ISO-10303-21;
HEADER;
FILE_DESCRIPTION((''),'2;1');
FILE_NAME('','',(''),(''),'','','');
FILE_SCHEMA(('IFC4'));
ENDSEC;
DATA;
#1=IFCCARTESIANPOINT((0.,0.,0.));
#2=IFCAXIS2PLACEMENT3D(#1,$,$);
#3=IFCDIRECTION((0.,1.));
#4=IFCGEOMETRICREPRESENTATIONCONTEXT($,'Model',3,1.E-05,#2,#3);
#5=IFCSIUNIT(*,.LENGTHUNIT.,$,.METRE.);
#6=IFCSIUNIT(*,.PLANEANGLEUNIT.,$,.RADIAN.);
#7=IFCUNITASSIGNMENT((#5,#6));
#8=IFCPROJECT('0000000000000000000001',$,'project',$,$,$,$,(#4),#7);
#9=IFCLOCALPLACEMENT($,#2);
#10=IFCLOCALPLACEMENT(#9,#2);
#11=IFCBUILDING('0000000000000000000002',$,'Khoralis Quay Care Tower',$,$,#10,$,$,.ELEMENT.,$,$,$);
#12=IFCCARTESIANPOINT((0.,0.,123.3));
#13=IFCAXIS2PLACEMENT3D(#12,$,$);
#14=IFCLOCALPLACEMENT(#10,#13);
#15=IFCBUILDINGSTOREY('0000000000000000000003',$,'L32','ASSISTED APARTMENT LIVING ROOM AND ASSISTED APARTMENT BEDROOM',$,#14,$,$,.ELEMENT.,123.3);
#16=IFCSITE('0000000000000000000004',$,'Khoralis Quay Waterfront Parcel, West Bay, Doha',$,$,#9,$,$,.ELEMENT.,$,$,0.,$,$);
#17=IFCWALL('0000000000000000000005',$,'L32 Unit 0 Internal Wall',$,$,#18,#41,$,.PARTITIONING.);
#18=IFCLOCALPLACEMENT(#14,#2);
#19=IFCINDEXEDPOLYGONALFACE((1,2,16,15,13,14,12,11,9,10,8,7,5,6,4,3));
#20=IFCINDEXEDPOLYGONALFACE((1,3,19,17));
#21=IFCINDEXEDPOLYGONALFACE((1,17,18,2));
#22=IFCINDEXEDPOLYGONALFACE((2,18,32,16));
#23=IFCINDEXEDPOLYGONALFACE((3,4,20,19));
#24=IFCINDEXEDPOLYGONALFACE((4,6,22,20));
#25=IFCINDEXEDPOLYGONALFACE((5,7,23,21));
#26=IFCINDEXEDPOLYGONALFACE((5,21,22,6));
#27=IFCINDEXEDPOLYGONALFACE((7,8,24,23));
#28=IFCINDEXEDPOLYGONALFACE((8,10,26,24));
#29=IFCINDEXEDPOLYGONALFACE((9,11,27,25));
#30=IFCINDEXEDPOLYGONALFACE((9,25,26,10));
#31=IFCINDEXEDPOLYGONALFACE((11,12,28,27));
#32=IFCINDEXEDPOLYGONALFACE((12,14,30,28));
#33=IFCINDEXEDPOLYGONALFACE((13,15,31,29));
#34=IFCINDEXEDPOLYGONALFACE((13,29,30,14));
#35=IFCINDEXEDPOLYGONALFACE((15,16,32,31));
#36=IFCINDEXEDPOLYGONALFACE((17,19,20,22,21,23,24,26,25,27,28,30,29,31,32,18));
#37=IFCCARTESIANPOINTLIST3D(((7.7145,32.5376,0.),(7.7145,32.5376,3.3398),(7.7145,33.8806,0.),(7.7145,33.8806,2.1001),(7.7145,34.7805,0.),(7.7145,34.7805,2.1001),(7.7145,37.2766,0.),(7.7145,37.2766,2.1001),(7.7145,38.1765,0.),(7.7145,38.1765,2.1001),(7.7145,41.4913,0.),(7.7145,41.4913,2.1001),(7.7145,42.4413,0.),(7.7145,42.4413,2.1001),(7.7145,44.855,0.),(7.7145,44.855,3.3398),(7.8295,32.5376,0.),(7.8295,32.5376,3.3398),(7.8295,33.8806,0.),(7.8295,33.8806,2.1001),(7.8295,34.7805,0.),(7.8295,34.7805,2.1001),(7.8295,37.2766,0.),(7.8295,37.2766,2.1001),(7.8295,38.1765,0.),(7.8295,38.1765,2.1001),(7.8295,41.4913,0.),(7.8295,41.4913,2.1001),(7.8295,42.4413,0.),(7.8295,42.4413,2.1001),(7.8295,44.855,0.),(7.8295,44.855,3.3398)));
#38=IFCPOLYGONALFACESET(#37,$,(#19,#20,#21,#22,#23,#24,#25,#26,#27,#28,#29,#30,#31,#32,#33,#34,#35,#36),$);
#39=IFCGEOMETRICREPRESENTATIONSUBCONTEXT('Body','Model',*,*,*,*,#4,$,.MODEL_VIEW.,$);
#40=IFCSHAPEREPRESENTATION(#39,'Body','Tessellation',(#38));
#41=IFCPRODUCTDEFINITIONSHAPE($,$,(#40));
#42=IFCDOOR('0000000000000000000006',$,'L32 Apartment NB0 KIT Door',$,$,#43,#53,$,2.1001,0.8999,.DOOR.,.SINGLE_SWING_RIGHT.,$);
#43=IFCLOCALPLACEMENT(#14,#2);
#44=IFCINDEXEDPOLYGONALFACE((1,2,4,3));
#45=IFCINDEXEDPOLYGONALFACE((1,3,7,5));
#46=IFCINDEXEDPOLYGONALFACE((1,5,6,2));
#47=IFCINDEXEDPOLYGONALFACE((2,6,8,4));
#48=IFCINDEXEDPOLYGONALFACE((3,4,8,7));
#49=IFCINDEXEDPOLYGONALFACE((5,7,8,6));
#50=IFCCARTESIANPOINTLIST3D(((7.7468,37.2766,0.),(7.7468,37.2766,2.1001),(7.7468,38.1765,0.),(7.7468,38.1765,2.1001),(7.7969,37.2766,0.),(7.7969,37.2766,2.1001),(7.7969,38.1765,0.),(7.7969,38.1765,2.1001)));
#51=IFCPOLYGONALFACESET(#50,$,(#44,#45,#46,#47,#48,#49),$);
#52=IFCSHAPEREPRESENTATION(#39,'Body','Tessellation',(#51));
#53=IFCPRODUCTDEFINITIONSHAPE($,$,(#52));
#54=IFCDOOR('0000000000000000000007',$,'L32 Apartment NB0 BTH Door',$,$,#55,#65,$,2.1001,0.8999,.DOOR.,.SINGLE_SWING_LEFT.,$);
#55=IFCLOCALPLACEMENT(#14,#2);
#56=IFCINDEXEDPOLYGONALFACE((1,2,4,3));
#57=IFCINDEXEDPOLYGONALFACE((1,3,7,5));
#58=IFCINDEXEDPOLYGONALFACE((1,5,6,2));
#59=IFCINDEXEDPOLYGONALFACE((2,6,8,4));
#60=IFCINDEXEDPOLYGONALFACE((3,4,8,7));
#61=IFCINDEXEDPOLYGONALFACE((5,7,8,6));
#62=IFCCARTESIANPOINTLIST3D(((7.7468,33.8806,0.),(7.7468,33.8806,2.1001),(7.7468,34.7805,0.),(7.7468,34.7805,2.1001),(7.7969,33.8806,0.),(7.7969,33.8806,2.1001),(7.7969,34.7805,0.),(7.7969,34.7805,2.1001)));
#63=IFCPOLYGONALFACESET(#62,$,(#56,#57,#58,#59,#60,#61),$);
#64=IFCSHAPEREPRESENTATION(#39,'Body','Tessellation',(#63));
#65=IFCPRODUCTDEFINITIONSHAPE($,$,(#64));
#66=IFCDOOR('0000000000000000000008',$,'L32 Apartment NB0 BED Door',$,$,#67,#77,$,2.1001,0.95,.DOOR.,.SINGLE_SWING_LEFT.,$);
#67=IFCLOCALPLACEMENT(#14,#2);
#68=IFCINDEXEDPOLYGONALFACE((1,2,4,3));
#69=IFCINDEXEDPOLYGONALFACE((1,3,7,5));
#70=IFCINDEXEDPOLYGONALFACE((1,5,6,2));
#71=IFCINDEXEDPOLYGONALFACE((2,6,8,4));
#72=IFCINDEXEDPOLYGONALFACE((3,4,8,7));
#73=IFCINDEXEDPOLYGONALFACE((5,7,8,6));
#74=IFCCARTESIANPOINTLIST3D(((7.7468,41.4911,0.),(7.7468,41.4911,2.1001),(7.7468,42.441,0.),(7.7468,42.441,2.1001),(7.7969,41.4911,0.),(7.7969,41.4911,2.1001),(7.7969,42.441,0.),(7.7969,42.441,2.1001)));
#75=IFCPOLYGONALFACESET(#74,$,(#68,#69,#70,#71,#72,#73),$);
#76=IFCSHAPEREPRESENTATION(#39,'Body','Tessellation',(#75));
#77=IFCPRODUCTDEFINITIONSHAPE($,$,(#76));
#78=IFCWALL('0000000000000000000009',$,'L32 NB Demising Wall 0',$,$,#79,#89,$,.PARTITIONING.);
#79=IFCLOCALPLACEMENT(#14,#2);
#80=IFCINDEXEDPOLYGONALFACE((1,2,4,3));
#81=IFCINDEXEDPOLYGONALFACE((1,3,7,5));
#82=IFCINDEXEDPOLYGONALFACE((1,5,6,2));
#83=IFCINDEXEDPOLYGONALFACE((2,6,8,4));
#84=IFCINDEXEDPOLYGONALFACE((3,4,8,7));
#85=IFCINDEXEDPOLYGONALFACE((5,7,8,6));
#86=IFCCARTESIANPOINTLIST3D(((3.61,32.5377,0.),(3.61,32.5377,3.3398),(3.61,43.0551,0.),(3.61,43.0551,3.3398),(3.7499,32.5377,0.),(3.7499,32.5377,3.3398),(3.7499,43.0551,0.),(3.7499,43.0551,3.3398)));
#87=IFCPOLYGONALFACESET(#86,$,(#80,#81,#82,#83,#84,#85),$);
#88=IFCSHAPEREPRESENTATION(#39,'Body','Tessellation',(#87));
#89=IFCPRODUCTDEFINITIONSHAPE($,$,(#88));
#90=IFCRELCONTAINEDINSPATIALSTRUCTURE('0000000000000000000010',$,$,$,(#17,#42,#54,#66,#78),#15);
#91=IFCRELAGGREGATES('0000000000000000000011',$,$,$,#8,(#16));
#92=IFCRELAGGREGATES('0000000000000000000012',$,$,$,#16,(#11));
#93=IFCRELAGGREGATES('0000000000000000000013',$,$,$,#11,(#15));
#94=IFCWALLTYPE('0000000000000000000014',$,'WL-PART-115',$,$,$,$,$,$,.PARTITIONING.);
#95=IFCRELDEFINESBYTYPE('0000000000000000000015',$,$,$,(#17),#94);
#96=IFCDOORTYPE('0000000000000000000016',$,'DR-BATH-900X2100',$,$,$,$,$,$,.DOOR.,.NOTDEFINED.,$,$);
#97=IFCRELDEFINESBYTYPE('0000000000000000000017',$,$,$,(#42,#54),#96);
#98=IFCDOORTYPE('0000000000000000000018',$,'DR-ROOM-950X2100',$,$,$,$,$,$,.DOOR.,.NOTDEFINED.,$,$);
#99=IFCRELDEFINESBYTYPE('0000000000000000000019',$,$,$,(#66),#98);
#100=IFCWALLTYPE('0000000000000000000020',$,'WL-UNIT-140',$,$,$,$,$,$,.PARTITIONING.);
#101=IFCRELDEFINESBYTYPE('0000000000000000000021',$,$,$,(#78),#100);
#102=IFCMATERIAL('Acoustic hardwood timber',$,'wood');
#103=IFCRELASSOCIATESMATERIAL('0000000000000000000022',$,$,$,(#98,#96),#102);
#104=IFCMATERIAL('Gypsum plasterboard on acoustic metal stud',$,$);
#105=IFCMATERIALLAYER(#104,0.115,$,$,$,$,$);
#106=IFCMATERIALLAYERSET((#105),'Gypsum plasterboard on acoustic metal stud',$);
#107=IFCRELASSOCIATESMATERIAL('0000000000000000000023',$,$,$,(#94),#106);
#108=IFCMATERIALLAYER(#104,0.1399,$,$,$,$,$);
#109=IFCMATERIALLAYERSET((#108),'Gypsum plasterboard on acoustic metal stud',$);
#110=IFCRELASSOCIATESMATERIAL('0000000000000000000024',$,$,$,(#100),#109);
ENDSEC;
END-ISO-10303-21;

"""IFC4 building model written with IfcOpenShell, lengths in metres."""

from ifc_helpers import new_model, si_unit, direction, frame, frame_2d, origin, place, context, subcontext, project, spatial, rectangle, extrude, source, transform, mapped, material, layer, layer_set, type_object, element, fill, save


model = new_model("IFC4")

# Units and contexts
model_context = context("Model", 3, precision=1e-05, world=origin(), true_north=direction((0.0, 1.0)))
body_context = subcontext(model_context, "Body", "Model", "MODEL_VIEW")
ifc_project = project(units=[si_unit("LENGTHUNIT", "METRE"), si_unit("PLANEANGLEUNIT", "RADIAN")], contexts=[model_context])

# Site, building, storey
site_placement = place(None, origin())
site = spatial("IfcSite", under=ifc_project, at=site_placement, Name="Khoralis Quay Waterfront Parcel, West Bay, Doha", CompositionType="ELEMENT", RefElevation=0.0)
building_placement = place(site_placement, origin())
building = spatial("IfcBuilding", under=site, at=building_placement, Name="Khoralis Quay Care Tower", CompositionType="ELEMENT")
storey_placement = place(building_placement, frame((0.0, 0.0, 123.3)))
storey = spatial("IfcBuildingStorey", under=building, at=storey_placement, Name="L32", Description="ASSISTED APARTMENT LIVING ROOM AND ASSISTED APARTMENT BEDROOM", CompositionType="ELEMENT", Elevation=123.3)

# Wall, openings, doors
ifc_material_1 = material(Name="Gypsum plasterboard on acoustic metal stud")
ifc_material_2 = material(Name="Acoustic hardwood timber", Category="wood")
door_type_1 = type_object("IfcDoorType", Name="DR-ROOM-950X2100", OperationType="NOTDEFINED", PredefinedType="DOOR", material=ifc_material_2)
shared_shape_1 = source(origin(), body_context, "Body", "SweptSolid", [
    extrude(rectangle(XDim=0.95, YDim=2.1001, at=frame_2d((0.4751, 1.05))), frame((0.0, 0.0249, 0.0), z_axis=(0.0, -1.0, 0.0), x_axis=(1.0, 0.0, 0.0)), (0.0, 0.0, 1.0), 0.05),
])
ifc_layer_1 = layer(ifc_material_1, 0.115)
ifc_layer_set_1 = layer_set([ifc_layer_1], Name="Gypsum plasterboard on acoustic metal stud")
wall_type_1 = type_object("IfcWallType", Name="WL-PART-115", PredefinedType="PARTITIONING", material=ifc_layer_set_1)
wall_1_placement = place(storey_placement, frame((7.772, 32.5376, 0.0), z_axis=(0.0, 0.0, 1.0), x_axis=(0.0, 1.0, 0.0)))
wall_1 = element("IfcWall", 1, at=wall_1_placement, inside=storey, type_object=wall_type_1, Name="L32 Unit 0 Internal Wall", PredefinedType="PARTITIONING", context=body_context, shape_type="SweptSolid", body=[
    extrude(rectangle(XDim=12.3174, YDim=0.115, at=frame_2d((6.1587, 0.0))), origin(), (0.0, 0.0, 1.0), 3.3398),
])
opening_1_placement = place(wall_1_placement, frame((8.9536, 0.0, 0.0)))
opening_1 = element("IfcOpeningElement", 2, at=opening_1_placement, cuts=wall_1, PredefinedType="OPENING", context=body_context, shape_type="SweptSolid", body=[
    extrude(rectangle(XDim=0.95, YDim=2.1001, at=frame_2d((0.4751, 1.05))), frame((0.0, 0.0674, 0.0), z_axis=(0.0, -1.0, 0.0), x_axis=(1.0, 0.0, 0.0)), (0.0, 0.0, 1.0), 0.135),
])
opening_2_placement = place(wall_1_placement, frame((4.739, 0.0, 0.0)))
opening_2 = element("IfcOpeningElement", 3, at=opening_2_placement, cuts=wall_1, PredefinedType="OPENING", context=body_context, shape_type="SweptSolid", body=[
    extrude(rectangle(XDim=0.8999, YDim=2.1001, at=frame_2d((0.45, 1.05))), frame((0.0, 0.0674, 0.0), z_axis=(0.0, -1.0, 0.0), x_axis=(1.0, 0.0, 0.0)), (0.0, 0.0, 1.0), 0.135),
])
opening_3_placement = place(wall_1_placement, frame((1.343, 0.0, 0.0)))
opening_3 = element("IfcOpeningElement", 4, at=opening_3_placement, cuts=wall_1, PredefinedType="OPENING", context=body_context, shape_type="SweptSolid", body=[
    extrude(rectangle(XDim=0.8999, YDim=2.1001, at=frame_2d((0.45, 1.05))), frame((0.0, 0.0674, 0.0), z_axis=(0.0, -1.0, 0.0), x_axis=(1.0, 0.0, 0.0)), (0.0, 0.0, 1.0), 0.135),
])
door_type_2 = type_object("IfcDoorType", Name="DR-BATH-900X2100", OperationType="NOTDEFINED", PredefinedType="DOOR", material=ifc_material_2)
shared_shape_2 = source(origin(), body_context, "Body", "SweptSolid", [
    extrude(rectangle(XDim=0.8999, YDim=2.1001, at=frame_2d((0.45, 1.05))), frame((0.0, 0.0249, 0.0), z_axis=(0.0, -1.0, 0.0), x_axis=(1.0, 0.0, 0.0)), (0.0, 0.0, 1.0), 0.05),
])
door_1_placement = place(opening_2_placement, frame((0.8999, 0.0, 0.0), z_axis=(0.0, 0.0, 1.0), x_axis=(-1.0, 0.0, 0.0)))
door_1 = element("IfcDoor", 5, at=door_1_placement, inside=storey, type_object=door_type_2, Name="L32 Apartment NB0 KIT Door", OperationType="SINGLE_SWING_RIGHT", OverallHeight=2.1001, OverallWidth=0.8999, PredefinedType="DOOR", context=body_context, shape_type="MappedRepresentation", body=[
    mapped(shared_shape_2, transform((0.0, 0.0, 0.0), scale=1.0)),
])
fill(opening_2, door_1)
door_2_placement = place(opening_3_placement, frame((0.8999, 0.0, 0.0), z_axis=(0.0, 0.0, 1.0), x_axis=(-1.0, 0.0, 0.0)))
door_2 = element("IfcDoor", 6, at=door_2_placement, inside=storey, type_object=door_type_2, Name="L32 Apartment NB0 BTH Door", OperationType="SINGLE_SWING_LEFT", OverallHeight=2.1001, OverallWidth=0.8999, PredefinedType="DOOR", context=body_context, shape_type="MappedRepresentation", body=[
    mapped(shared_shape_2, transform((0.0, 0.0, 0.0), scale=1.0)),
])
fill(opening_3, door_2)
door_3_placement = place(opening_1_placement, frame((0.95, 0.0, 0.0), z_axis=(0.0, 0.0, 1.0), x_axis=(-1.0, 0.0, 0.0)))
door_3 = element("IfcDoor", 7, at=door_3_placement, inside=storey, type_object=door_type_1, Name="L32 Apartment NB0 BED Door", OperationType="SINGLE_SWING_LEFT", OverallHeight=2.1001, OverallWidth=0.95, PredefinedType="DOOR", context=body_context, shape_type="MappedRepresentation", body=[
    mapped(shared_shape_1, transform((0.0, 0.0, 0.0), scale=1.0)),
])
fill(opening_1, door_3)

# Wall
ifc_layer_2 = layer(ifc_material_1, 0.1399)
ifc_layer_set_2 = layer_set([ifc_layer_2], Name="Gypsum plasterboard on acoustic metal stud")
wall_type_2 = type_object("IfcWallType", Name="WL-UNIT-140", PredefinedType="PARTITIONING", material=ifc_layer_set_2)
wall_2_placement = place(storey_placement, frame((3.6799, 32.5376, 0.0), z_axis=(0.0, 0.0, 1.0), x_axis=(0.0, 1.0, 0.0)))
element("IfcWall", 8, at=wall_2_placement, inside=storey, type_object=wall_type_2, Name="L32 NB Demising Wall 0", PredefinedType="PARTITIONING", context=body_context, shape_type="SweptSolid", body=[
    extrude(rectangle(XDim=10.5173, YDim=0.1399, at=frame_2d((5.2588, 0.0))), origin(), (0.0, 0.0, 1.0), 3.3398),
])

save(model, "model.ifc")
